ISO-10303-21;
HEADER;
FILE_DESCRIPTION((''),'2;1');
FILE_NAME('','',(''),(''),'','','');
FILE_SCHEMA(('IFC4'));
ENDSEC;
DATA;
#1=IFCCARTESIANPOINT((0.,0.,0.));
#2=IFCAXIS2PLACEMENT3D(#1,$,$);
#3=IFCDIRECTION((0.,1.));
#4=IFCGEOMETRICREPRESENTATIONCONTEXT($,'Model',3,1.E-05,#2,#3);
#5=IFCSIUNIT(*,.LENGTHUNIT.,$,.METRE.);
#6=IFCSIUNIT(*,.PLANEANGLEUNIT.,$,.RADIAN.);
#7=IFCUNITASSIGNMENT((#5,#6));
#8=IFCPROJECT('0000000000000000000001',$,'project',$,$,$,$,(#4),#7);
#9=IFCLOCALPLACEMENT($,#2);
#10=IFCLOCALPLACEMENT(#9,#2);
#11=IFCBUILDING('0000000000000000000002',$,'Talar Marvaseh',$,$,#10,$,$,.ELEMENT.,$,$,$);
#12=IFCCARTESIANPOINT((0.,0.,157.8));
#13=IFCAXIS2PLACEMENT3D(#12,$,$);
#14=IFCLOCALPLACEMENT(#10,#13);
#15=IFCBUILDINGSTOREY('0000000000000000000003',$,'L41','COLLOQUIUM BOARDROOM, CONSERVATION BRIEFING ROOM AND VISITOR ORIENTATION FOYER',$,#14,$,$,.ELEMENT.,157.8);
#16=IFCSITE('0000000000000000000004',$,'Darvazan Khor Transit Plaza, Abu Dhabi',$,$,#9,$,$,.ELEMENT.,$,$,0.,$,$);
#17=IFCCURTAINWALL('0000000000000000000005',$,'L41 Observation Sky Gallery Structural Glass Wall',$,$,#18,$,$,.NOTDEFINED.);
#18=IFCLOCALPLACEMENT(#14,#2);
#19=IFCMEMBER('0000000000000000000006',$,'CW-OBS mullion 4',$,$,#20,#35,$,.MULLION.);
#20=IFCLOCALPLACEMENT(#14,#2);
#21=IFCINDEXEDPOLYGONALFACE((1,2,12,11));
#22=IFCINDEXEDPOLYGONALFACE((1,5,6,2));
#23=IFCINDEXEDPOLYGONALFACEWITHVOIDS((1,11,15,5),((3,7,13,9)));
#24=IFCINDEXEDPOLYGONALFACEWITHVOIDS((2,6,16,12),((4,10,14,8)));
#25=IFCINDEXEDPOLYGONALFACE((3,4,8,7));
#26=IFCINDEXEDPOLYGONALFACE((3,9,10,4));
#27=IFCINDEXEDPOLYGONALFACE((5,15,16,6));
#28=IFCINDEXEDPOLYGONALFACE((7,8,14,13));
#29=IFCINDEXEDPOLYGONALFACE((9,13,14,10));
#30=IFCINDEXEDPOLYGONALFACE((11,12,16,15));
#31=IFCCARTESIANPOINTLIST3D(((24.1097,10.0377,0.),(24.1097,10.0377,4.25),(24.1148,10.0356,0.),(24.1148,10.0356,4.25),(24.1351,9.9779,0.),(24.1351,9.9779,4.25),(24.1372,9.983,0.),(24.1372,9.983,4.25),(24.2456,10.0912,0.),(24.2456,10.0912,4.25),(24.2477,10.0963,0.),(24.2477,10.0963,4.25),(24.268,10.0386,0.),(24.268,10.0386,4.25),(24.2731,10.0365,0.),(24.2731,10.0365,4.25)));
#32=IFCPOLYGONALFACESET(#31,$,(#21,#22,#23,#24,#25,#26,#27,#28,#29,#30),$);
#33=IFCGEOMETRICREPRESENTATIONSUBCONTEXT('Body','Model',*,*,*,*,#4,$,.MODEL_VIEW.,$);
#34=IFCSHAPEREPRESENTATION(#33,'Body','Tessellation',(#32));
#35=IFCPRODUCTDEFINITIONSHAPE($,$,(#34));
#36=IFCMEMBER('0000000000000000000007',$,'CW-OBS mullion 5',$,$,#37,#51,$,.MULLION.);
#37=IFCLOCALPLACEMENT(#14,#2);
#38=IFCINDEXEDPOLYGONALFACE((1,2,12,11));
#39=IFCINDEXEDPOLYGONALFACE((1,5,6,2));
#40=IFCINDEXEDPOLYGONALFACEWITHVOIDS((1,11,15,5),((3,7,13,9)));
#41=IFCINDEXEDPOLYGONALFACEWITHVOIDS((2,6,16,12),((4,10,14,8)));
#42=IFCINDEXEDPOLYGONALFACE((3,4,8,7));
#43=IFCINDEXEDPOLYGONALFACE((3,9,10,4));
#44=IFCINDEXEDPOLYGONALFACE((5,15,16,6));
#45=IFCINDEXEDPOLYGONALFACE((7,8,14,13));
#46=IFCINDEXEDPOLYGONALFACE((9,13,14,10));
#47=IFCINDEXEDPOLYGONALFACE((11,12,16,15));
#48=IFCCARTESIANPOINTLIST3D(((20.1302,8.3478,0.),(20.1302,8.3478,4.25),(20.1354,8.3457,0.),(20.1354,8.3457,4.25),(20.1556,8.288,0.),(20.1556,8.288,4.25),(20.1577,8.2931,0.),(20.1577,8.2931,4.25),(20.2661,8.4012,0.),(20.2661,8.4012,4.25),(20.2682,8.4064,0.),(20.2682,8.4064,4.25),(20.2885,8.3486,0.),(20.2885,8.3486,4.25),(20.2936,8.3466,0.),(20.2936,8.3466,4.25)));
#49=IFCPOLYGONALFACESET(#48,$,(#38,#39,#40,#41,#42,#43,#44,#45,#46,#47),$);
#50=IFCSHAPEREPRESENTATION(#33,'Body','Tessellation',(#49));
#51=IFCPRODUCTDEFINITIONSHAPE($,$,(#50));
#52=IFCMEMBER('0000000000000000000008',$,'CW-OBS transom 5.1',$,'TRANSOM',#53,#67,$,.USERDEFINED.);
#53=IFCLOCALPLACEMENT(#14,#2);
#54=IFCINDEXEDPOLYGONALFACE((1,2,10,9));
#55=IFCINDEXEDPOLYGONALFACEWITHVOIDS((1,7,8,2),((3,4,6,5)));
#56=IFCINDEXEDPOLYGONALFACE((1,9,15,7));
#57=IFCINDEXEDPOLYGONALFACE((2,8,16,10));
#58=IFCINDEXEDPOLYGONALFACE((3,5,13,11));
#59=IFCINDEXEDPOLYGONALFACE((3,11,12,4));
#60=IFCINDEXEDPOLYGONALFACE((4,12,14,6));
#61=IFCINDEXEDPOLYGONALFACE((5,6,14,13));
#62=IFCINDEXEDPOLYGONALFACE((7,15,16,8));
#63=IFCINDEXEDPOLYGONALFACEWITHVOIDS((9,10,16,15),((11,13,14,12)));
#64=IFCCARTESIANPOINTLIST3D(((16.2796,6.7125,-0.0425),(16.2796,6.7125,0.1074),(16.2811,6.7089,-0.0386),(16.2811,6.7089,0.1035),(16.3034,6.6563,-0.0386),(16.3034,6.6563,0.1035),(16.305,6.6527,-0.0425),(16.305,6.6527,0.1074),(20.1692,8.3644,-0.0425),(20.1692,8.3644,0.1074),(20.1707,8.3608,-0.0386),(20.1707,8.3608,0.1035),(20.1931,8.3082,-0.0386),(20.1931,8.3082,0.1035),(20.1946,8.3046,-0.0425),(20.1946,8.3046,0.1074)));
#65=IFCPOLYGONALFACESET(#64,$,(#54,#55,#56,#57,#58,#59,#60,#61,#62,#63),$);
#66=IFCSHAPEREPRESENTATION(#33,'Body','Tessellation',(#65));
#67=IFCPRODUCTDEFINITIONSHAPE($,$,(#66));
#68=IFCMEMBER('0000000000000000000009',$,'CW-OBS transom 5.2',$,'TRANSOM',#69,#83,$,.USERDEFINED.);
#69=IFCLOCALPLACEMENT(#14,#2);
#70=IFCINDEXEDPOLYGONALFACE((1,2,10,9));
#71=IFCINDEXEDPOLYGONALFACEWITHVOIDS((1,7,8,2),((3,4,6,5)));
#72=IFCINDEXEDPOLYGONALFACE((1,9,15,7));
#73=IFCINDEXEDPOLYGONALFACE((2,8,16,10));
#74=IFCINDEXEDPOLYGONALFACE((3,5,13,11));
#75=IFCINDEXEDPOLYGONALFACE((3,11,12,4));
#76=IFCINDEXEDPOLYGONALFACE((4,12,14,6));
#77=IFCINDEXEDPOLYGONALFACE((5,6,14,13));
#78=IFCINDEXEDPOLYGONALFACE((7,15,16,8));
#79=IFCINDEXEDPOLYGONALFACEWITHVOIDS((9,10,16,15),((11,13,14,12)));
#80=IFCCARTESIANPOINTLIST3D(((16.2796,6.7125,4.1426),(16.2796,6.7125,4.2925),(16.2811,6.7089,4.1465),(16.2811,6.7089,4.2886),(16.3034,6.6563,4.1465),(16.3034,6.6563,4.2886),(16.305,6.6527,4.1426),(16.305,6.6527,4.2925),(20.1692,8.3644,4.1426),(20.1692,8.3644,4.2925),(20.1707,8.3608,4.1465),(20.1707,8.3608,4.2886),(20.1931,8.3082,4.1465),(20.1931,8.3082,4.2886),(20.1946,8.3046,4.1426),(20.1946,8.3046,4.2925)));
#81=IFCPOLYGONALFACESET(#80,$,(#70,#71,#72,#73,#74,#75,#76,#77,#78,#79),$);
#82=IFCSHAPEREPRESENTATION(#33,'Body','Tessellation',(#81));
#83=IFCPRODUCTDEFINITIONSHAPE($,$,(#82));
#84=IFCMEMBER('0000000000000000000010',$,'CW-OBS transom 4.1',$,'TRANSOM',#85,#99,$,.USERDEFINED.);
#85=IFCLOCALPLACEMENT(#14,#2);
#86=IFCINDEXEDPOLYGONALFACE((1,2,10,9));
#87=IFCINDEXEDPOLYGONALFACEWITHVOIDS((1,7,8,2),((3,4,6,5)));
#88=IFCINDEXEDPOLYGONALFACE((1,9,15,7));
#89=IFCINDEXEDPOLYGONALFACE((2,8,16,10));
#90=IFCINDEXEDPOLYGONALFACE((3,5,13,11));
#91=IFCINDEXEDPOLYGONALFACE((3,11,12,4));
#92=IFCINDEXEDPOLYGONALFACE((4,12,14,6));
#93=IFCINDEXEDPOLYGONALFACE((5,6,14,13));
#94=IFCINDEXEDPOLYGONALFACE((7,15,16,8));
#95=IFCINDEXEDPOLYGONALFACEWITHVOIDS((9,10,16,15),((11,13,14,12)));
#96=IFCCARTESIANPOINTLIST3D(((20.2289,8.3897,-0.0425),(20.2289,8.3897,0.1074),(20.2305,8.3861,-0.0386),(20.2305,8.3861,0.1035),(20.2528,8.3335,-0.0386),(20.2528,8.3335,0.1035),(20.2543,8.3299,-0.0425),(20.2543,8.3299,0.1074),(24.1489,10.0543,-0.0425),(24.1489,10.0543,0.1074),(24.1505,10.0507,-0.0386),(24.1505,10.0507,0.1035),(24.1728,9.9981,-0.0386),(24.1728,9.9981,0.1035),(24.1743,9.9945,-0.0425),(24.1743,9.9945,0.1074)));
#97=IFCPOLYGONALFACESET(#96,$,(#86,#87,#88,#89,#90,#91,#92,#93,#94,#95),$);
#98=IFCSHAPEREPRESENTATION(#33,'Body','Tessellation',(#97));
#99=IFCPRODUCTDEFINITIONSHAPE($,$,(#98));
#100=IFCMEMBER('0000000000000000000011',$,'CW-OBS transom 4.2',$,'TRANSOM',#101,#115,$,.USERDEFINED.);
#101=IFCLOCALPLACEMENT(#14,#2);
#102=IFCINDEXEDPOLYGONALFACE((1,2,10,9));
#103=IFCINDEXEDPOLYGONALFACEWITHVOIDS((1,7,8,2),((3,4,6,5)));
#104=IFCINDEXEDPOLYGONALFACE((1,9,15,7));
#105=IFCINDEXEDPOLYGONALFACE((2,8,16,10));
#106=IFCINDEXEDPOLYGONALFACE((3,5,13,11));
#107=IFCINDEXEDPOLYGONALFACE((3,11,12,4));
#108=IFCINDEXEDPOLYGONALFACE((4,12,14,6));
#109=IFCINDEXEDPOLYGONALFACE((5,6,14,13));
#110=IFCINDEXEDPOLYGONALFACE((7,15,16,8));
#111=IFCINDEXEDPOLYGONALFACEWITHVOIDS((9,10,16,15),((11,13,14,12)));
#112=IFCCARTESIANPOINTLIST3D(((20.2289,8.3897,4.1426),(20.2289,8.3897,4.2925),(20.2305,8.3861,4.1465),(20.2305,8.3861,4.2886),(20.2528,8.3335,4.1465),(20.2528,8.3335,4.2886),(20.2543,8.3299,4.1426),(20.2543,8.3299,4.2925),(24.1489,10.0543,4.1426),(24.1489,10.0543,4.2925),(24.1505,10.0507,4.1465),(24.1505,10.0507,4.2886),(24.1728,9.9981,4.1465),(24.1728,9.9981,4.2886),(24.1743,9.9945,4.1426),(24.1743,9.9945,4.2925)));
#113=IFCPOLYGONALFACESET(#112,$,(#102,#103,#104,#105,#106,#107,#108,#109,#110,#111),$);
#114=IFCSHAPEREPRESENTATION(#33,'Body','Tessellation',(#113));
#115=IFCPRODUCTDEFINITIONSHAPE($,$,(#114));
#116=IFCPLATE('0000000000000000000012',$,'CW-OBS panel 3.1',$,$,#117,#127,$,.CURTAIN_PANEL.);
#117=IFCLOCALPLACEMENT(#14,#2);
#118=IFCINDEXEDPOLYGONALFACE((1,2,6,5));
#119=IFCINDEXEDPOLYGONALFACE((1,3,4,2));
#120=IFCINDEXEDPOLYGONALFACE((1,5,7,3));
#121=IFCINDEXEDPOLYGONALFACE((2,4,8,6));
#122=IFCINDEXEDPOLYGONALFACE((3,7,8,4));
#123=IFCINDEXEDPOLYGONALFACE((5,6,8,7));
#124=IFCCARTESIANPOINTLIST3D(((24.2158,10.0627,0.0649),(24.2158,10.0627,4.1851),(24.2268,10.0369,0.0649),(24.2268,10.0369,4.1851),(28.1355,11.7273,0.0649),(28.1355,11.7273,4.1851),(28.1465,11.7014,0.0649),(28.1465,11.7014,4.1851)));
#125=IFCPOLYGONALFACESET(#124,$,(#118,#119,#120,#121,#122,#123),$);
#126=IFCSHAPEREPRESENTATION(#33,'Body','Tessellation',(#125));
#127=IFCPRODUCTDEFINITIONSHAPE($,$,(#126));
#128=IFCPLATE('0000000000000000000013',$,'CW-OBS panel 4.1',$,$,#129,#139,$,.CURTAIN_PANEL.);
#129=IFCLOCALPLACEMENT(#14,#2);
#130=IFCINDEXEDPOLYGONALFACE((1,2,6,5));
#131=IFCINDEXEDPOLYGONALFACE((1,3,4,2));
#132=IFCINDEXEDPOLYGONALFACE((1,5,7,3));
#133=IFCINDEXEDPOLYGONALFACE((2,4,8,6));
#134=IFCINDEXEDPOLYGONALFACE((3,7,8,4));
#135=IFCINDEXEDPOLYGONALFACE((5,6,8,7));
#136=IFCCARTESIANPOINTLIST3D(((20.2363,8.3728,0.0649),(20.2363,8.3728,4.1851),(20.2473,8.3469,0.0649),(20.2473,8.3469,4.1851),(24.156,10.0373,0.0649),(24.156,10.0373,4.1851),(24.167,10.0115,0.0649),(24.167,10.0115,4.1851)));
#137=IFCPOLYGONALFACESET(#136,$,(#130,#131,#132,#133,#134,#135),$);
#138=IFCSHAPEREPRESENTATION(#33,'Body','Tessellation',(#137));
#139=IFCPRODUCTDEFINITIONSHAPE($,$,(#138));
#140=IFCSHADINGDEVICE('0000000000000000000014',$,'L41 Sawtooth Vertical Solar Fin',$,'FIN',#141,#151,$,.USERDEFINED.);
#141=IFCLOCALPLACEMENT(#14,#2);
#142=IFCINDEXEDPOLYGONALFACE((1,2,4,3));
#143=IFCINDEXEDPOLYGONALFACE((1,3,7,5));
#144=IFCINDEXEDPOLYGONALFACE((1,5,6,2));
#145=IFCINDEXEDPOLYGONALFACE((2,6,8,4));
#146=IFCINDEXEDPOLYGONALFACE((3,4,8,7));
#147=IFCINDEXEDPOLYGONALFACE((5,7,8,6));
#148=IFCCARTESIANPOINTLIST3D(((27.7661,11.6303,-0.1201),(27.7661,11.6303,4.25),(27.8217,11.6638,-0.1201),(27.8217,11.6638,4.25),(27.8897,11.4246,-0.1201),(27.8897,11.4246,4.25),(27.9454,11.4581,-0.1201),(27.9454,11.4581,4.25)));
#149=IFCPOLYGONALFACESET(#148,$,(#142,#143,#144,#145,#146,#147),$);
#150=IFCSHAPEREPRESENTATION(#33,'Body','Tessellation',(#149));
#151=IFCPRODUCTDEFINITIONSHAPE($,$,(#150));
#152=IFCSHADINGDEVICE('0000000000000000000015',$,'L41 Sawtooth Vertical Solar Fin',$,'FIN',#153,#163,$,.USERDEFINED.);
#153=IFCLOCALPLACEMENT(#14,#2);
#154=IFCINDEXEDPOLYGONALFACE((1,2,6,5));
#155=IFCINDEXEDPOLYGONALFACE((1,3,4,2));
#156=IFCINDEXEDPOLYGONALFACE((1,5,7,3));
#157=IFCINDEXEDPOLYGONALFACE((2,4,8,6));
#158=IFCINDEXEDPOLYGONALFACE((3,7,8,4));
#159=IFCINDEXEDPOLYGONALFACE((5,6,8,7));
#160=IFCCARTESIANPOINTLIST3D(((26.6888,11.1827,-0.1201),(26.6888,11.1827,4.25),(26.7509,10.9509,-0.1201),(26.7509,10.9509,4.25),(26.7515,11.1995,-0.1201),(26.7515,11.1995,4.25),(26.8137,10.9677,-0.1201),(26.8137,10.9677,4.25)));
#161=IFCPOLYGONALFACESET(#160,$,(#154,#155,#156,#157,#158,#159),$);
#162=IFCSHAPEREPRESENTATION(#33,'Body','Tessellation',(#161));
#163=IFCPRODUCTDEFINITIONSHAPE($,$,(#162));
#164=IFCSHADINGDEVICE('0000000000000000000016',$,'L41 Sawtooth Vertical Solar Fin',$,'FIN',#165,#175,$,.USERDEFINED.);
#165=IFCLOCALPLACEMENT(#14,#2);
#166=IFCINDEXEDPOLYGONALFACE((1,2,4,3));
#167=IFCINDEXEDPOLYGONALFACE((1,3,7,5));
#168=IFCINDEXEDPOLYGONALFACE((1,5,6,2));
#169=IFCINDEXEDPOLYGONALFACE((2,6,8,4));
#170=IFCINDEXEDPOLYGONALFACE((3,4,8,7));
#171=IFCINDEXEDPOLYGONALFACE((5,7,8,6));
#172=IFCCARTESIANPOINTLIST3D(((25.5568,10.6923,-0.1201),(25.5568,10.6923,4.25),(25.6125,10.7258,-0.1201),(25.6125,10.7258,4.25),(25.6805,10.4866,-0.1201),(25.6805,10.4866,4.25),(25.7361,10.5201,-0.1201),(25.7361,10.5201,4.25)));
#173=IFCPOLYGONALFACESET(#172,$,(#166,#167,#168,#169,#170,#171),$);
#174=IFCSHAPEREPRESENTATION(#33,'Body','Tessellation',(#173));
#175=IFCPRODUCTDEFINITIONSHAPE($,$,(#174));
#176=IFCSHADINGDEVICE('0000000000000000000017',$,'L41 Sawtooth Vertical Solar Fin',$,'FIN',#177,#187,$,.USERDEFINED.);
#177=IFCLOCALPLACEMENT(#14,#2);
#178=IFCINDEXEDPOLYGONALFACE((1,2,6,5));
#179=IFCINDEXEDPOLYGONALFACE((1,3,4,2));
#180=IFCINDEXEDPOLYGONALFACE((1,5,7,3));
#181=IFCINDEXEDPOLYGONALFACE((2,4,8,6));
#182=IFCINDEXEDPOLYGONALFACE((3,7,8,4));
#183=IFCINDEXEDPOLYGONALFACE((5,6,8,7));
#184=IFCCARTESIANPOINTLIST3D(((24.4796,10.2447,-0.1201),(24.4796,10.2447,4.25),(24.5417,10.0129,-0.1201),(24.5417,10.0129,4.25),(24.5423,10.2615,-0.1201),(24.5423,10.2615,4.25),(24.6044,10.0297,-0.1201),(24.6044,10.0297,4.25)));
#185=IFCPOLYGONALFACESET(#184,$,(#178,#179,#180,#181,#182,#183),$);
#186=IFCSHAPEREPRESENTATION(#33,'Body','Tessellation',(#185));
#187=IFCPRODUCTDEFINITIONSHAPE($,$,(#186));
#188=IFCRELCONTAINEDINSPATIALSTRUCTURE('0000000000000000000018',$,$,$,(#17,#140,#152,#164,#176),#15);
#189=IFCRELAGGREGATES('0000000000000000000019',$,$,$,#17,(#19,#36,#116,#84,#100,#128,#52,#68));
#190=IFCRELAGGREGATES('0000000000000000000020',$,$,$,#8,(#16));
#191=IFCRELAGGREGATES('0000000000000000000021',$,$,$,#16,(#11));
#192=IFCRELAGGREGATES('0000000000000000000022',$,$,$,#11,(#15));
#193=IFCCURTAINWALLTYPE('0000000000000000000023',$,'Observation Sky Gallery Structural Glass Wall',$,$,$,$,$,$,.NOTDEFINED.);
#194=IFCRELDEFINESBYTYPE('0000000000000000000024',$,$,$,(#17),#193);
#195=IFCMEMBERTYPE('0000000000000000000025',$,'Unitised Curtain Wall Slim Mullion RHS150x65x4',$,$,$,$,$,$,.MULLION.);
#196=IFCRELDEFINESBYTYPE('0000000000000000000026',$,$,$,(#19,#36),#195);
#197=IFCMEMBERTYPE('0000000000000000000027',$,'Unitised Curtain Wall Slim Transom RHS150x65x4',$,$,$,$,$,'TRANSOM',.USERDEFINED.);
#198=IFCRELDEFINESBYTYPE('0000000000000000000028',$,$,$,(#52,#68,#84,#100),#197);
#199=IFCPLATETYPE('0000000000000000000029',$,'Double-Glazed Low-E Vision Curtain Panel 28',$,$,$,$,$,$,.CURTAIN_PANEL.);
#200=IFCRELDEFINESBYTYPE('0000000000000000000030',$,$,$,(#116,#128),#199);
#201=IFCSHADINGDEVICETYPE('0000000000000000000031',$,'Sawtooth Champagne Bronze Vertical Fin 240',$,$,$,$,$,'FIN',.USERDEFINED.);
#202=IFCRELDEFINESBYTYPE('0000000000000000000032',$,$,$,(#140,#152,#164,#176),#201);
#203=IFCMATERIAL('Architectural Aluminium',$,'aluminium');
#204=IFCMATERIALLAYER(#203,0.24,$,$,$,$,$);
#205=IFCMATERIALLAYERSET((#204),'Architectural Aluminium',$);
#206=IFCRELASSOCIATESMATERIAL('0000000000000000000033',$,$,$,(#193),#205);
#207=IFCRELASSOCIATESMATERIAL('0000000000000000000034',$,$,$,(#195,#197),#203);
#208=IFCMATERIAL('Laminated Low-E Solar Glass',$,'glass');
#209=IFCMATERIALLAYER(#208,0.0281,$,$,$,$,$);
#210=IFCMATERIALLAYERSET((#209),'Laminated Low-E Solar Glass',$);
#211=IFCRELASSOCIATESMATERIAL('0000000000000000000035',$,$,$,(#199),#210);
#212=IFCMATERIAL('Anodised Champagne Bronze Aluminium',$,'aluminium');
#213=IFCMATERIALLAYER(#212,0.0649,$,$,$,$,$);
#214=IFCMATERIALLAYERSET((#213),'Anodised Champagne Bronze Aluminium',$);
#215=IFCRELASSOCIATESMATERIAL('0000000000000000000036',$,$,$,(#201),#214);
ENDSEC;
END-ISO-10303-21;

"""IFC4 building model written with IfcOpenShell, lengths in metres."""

from ifc_helpers import new_model, si_unit, direction, frame, origin, origin_2d, place, context, subcontext, project, spatial, rectangle, hollow_rectangle, extrude, source, transform, mapped, material, layer, layer_set, material_profile, profile_set, type_object, type_shapes, element, aggregate, save


model = new_model("IFC4")

# Units and contexts
model_context = context("Model", 3, precision=1e-05, world=origin(), true_north=direction((0.0, 1.0)))
body_context = subcontext(model_context, "Body", "Model", "MODEL_VIEW")
ifc_project = project(units=[si_unit("LENGTHUNIT", "METRE"), si_unit("PLANEANGLEUNIT", "RADIAN")], contexts=[model_context])

# Site, building, storey
site_placement = place(None, origin())
site = spatial("IfcSite", under=ifc_project, at=site_placement, Name="Darvazan Khor Transit Plaza, Abu Dhabi", CompositionType="ELEMENT", RefElevation=0.0)
building_placement = place(site_placement, origin())
building = spatial("IfcBuilding", under=site, at=building_placement, Name="Talar Marvaseh", CompositionType="ELEMENT")
storey_placement = place(building_placement, frame((0.0, 0.0, 157.8)))
storey = spatial("IfcBuildingStorey", under=building, at=storey_placement, Name="L41", Description="COLLOQUIUM BOARDROOM, CONSERVATION BRIEFING ROOM AND VISITOR ORIENTATION FOYER", CompositionType="ELEMENT", Elevation=157.8)

# Curtain wall, members, plates
ifc_material_1 = material(Name="Architectural Aluminium", Category="aluminium")
ifc_layer_1 = layer(ifc_material_1, 0.24)
ifc_layer_set_1 = layer_set([ifc_layer_1], Name="Architectural Aluminium")
curtain_wall_type = type_object("IfcCurtainWallType", Name="Observation Sky Gallery Structural Glass Wall", PredefinedType="NOTDEFINED", material=ifc_layer_set_1)
curtain_wall_placement = place(storey_placement, origin())
curtain_wall = element("IfcCurtainWall", 1, at=curtain_wall_placement, inside=storey, type_object=curtain_wall_type, Name="L41 Observation Sky Gallery Structural Glass Wall", PredefinedType="NOTDEFINED")
ifc_material_profile_1 = material_profile(ifc_material_1, hollow_rectangle(XDim=0.0649, YDim=0.1499, WallThickness=0.0039, at=origin_2d()), Name="RHS150x65x4")
ifc_profile_set_1 = profile_set([ifc_material_profile_1], Name="Architectural Aluminium")
member_type_1 = type_object("IfcMemberType", Name="Unitised Curtain Wall Slim Mullion RHS150x65x4", PredefinedType="MULLION", material=ifc_profile_set_1)
shared_shape_1 = source(origin(), body_context, "Body", "SweptSolid", [
    extrude(hollow_rectangle(XDim=0.0649, YDim=0.1499, WallThickness=0.0039, at=origin_2d()), origin(), (0.0, 0.0, 1.0), 4.25),
])
type_shapes(member_type_1, [shared_shape_1])
member_1_placement = place(storey_placement, frame((24.1914, 10.0371, 0.0), z_axis=(0.0, 0.0, 1.0), x_axis=(0.390874, -0.920444, 0.0)))
member_1 = element("IfcMember", 2, at=member_1_placement, type_object=member_type_1, Name="CW-OBS mullion 4", PredefinedType="MULLION", context=body_context, shape_type="MappedRepresentation", body=[
    mapped(shared_shape_1, transform((0.0, 0.0, 0.0), x_axis=(1.0, 0.0, 0.0), y_axis=(0.0, 1.0, 0.0), z_axis=(0.0, 0.0, 1.0), scale=1.0)),
])
member_2_placement = place(storey_placement, frame((20.2119, 8.3472, 0.0), z_axis=(0.0, 0.0, 1.0), x_axis=(0.390874, -0.920444, 0.0)))
member_2 = element("IfcMember", 3, at=member_2_placement, type_object=member_type_1, Name="CW-OBS mullion 5", PredefinedType="MULLION", context=body_context, shape_type="MappedRepresentation", body=[
    mapped(shared_shape_1, transform((0.0, 0.0, 0.0), x_axis=(1.0, 0.0, 0.0), y_axis=(0.0, 1.0, 0.0), z_axis=(0.0, 0.0, 1.0), scale=1.0)),
])
ifc_material_profile_2 = material_profile(ifc_material_1, hollow_rectangle(XDim=0.0649, YDim=0.1499, WallThickness=0.0039, at=origin_2d()), Name="RHS150x65x4")
ifc_profile_set_2 = profile_set([ifc_material_profile_2], Name="Architectural Aluminium")
member_type_2 = type_object("IfcMemberType", Name="Unitised Curtain Wall Slim Transom RHS150x65x4", ElementType="TRANSOM", PredefinedType="USERDEFINED", material=ifc_profile_set_2)
shared_shape_2 = source(origin(), body_context, "Body", "SweptSolid", [
    extrude(hollow_rectangle(XDim=0.0649, YDim=0.1499, WallThickness=0.0039, at=origin_2d()), origin(), (0.0, 0.0, 1.0), 4.2258),
])
member_3_placement = place(storey_placement, frame((20.1819, 8.3345, 0.0325), z_axis=(-0.920437, -0.390891, 0.0), x_axis=(0.390891, -0.920437, 0.0)))
member_3 = element("IfcMember", 4, at=member_3_placement, type_object=member_type_2, Name="CW-OBS transom 5.1", ObjectType="TRANSOM", PredefinedType="USERDEFINED", context=body_context, shape_type="MappedRepresentation", body=[
    mapped(shared_shape_2, transform((0.0, 0.0, 0.0), x_axis=(1.0, 0.0, 0.0), y_axis=(0.0, 1.0, 0.0), z_axis=(0.0, 0.0, 1.0), scale=1.0)),
])
member_4_placement = place(storey_placement, frame((20.1819, 8.3345, 4.2175), z_axis=(-0.920437, -0.390891, 0.0), x_axis=(0.390891, -0.920437, 0.0)))
member_4 = element("IfcMember", 5, at=member_4_placement, type_object=member_type_2, Name="CW-OBS transom 5.2", ObjectType="TRANSOM", PredefinedType="USERDEFINED", context=body_context, shape_type="MappedRepresentation", body=[
    mapped(shared_shape_2, transform((0.0, 0.0, 0.0), x_axis=(1.0, 0.0, 0.0), y_axis=(0.0, 1.0, 0.0), z_axis=(0.0, 0.0, 1.0), scale=1.0)),
])
shared_shape_3 = source(origin(), body_context, "Body", "SweptSolid", [
    extrude(hollow_rectangle(XDim=0.0649, YDim=0.1499, WallThickness=0.0039, at=origin_2d()), origin(), (0.0, 0.0, 1.0), 4.2588),
])
type_shapes(member_type_2, [shared_shape_2, shared_shape_3])
member_5_placement = place(storey_placement, frame((24.1616, 10.0244, 0.0325), z_axis=(-0.920451, -0.390859, 0.0), x_axis=(0.390859, -0.920451, 0.0)))
member_5 = element("IfcMember", 6, at=member_5_placement, type_object=member_type_2, Name="CW-OBS transom 4.1", ObjectType="TRANSOM", PredefinedType="USERDEFINED", context=body_context, shape_type="MappedRepresentation", body=[
    mapped(shared_shape_3, transform((0.0, 0.0, 0.0), x_axis=(1.0, 0.0, 0.0), y_axis=(0.0, 1.0, 0.0), z_axis=(0.0, 0.0, 1.0), scale=1.0)),
])
member_6_placement = place(storey_placement, frame((24.1616, 10.0244, 4.2175), z_axis=(-0.920451, -0.390859, 0.0), x_axis=(0.390859, -0.920451, 0.0)))
member_6 = element("IfcMember", 7, at=member_6_placement, type_object=member_type_2, Name="CW-OBS transom 4.2", ObjectType="TRANSOM", PredefinedType="USERDEFINED", context=body_context, shape_type="MappedRepresentation", body=[
    mapped(shared_shape_3, transform((0.0, 0.0, 0.0), x_axis=(1.0, 0.0, 0.0), y_axis=(0.0, 1.0, 0.0), z_axis=(0.0, 0.0, 1.0), scale=1.0)),
])
ifc_material_2 = material(Name="Laminated Low-E Solar Glass", Category="glass")
ifc_layer_2 = layer(ifc_material_2, 0.0281)
ifc_layer_set_2 = layer_set([ifc_layer_2], Name="Laminated Low-E Solar Glass")
plate_type = type_object("IfcPlateType", Name="Double-Glazed Low-E Vision Curtain Panel 28", PredefinedType="CURTAIN_PANEL", material=ifc_layer_set_2)
shared_shape_4 = source(origin(), body_context, "Body", "SweptSolid", [
    extrude(rectangle(XDim=4.2585, YDim=0.0281, at=origin_2d()), origin(), (0.0, 0.0, 1.0), 4.1201),
])
type_shapes(plate_type, [shared_shape_4])
plate_1_placement = place(storey_placement, frame((26.1812, 10.8821, 0.0649), z_axis=(0.0, 0.0, 1.0), x_axis=(-0.920444, -0.390874, 0.0)))
plate_1 = element("IfcPlate", 8, at=plate_1_placement, type_object=plate_type, Name="CW-OBS panel 3.1", PredefinedType="CURTAIN_PANEL", context=body_context, shape_type="MappedRepresentation", body=[
    mapped(shared_shape_4, transform((0.0, 0.0, 0.0), x_axis=(1.0, 0.0, 0.0), y_axis=(0.0, 1.0, 0.0), z_axis=(0.0, 0.0, 1.0), scale=1.0)),
])
plate_2_placement = place(storey_placement, frame((22.2017, 9.1921, 0.0649), z_axis=(0.0, 0.0, 1.0), x_axis=(-0.920444, -0.390874, 0.0)))
plate_2 = element("IfcPlate", 9, at=plate_2_placement, type_object=plate_type, Name="CW-OBS panel 4.1", PredefinedType="CURTAIN_PANEL", context=body_context, shape_type="MappedRepresentation", body=[
    mapped(shared_shape_4, transform((0.0, 0.0, 0.0), x_axis=(1.0, 0.0, 0.0), y_axis=(0.0, 1.0, 0.0), z_axis=(0.0, 0.0, 1.0), scale=1.0)),
])
aggregate(curtain_wall, [member_1, member_2, plate_1, member_5, member_6, plate_2, member_3, member_4])

# Shading devices
ifc_material_3 = material(Name="Anodised Champagne Bronze Aluminium", Category="aluminium")
ifc_layer_3 = layer(ifc_material_3, 0.0649)
ifc_layer_set_3 = layer_set([ifc_layer_3], Name="Anodised Champagne Bronze Aluminium")
shading_device_type = type_object("IfcShadingDeviceType", Name="Sawtooth Champagne Bronze Vertical Fin 240", ElementType="FIN", PredefinedType="USERDEFINED", material=ifc_layer_set_3)
shared_shape_5 = source(origin(), body_context, "Body", "SweptSolid", [
    extrude(rectangle(XDim=0.24, YDim=0.0649, at=origin_2d()), origin(), (0.0, 0.0, 1.0), 4.3701),
])
type_shapes(shading_device_type, [shared_shape_5])
for number, where, z_axis, x_axis, name in (
    (10, (27.8557, 11.5442, -0.1201), (0.0, 0.0, 1.0), (0.515188, -0.857077, 0.0), "L41 Sawtooth Vertical Solar Fin"),
    (11, (26.7512, 11.0752, -0.1201), (0.0, 0.0, 1.0), (0.258988, -0.965881, 0.0), "L41 Sawtooth Vertical Solar Fin"),
    (12, (25.6465, 10.6062, -0.1201), (0.0, 0.0, 1.0), (0.515188, -0.857077, 0.0), "L41 Sawtooth Vertical Solar Fin"),
    (13, (24.542, 10.1372, -0.1201), (0.0, 0.0, 1.0), (0.258988, -0.965881, 0.0), "L41 Sawtooth Vertical Solar Fin"),
):
    element("IfcShadingDevice", number, at=place(storey_placement, frame(where, z_axis=z_axis, x_axis=x_axis)), inside=storey, type_object=shading_device_type, Name=name, ObjectType="FIN", PredefinedType="USERDEFINED", context=body_context, shape_type="MappedRepresentation", body=[
        mapped(shared_shape_5, transform((0.0, 0.0, 0.0), x_axis=(1.0, 0.0, 0.0), y_axis=(0.0, 1.0, 0.0), z_axis=(0.0, 0.0, 1.0), scale=1.0)),
    ])

save(model, "model.ifc")
